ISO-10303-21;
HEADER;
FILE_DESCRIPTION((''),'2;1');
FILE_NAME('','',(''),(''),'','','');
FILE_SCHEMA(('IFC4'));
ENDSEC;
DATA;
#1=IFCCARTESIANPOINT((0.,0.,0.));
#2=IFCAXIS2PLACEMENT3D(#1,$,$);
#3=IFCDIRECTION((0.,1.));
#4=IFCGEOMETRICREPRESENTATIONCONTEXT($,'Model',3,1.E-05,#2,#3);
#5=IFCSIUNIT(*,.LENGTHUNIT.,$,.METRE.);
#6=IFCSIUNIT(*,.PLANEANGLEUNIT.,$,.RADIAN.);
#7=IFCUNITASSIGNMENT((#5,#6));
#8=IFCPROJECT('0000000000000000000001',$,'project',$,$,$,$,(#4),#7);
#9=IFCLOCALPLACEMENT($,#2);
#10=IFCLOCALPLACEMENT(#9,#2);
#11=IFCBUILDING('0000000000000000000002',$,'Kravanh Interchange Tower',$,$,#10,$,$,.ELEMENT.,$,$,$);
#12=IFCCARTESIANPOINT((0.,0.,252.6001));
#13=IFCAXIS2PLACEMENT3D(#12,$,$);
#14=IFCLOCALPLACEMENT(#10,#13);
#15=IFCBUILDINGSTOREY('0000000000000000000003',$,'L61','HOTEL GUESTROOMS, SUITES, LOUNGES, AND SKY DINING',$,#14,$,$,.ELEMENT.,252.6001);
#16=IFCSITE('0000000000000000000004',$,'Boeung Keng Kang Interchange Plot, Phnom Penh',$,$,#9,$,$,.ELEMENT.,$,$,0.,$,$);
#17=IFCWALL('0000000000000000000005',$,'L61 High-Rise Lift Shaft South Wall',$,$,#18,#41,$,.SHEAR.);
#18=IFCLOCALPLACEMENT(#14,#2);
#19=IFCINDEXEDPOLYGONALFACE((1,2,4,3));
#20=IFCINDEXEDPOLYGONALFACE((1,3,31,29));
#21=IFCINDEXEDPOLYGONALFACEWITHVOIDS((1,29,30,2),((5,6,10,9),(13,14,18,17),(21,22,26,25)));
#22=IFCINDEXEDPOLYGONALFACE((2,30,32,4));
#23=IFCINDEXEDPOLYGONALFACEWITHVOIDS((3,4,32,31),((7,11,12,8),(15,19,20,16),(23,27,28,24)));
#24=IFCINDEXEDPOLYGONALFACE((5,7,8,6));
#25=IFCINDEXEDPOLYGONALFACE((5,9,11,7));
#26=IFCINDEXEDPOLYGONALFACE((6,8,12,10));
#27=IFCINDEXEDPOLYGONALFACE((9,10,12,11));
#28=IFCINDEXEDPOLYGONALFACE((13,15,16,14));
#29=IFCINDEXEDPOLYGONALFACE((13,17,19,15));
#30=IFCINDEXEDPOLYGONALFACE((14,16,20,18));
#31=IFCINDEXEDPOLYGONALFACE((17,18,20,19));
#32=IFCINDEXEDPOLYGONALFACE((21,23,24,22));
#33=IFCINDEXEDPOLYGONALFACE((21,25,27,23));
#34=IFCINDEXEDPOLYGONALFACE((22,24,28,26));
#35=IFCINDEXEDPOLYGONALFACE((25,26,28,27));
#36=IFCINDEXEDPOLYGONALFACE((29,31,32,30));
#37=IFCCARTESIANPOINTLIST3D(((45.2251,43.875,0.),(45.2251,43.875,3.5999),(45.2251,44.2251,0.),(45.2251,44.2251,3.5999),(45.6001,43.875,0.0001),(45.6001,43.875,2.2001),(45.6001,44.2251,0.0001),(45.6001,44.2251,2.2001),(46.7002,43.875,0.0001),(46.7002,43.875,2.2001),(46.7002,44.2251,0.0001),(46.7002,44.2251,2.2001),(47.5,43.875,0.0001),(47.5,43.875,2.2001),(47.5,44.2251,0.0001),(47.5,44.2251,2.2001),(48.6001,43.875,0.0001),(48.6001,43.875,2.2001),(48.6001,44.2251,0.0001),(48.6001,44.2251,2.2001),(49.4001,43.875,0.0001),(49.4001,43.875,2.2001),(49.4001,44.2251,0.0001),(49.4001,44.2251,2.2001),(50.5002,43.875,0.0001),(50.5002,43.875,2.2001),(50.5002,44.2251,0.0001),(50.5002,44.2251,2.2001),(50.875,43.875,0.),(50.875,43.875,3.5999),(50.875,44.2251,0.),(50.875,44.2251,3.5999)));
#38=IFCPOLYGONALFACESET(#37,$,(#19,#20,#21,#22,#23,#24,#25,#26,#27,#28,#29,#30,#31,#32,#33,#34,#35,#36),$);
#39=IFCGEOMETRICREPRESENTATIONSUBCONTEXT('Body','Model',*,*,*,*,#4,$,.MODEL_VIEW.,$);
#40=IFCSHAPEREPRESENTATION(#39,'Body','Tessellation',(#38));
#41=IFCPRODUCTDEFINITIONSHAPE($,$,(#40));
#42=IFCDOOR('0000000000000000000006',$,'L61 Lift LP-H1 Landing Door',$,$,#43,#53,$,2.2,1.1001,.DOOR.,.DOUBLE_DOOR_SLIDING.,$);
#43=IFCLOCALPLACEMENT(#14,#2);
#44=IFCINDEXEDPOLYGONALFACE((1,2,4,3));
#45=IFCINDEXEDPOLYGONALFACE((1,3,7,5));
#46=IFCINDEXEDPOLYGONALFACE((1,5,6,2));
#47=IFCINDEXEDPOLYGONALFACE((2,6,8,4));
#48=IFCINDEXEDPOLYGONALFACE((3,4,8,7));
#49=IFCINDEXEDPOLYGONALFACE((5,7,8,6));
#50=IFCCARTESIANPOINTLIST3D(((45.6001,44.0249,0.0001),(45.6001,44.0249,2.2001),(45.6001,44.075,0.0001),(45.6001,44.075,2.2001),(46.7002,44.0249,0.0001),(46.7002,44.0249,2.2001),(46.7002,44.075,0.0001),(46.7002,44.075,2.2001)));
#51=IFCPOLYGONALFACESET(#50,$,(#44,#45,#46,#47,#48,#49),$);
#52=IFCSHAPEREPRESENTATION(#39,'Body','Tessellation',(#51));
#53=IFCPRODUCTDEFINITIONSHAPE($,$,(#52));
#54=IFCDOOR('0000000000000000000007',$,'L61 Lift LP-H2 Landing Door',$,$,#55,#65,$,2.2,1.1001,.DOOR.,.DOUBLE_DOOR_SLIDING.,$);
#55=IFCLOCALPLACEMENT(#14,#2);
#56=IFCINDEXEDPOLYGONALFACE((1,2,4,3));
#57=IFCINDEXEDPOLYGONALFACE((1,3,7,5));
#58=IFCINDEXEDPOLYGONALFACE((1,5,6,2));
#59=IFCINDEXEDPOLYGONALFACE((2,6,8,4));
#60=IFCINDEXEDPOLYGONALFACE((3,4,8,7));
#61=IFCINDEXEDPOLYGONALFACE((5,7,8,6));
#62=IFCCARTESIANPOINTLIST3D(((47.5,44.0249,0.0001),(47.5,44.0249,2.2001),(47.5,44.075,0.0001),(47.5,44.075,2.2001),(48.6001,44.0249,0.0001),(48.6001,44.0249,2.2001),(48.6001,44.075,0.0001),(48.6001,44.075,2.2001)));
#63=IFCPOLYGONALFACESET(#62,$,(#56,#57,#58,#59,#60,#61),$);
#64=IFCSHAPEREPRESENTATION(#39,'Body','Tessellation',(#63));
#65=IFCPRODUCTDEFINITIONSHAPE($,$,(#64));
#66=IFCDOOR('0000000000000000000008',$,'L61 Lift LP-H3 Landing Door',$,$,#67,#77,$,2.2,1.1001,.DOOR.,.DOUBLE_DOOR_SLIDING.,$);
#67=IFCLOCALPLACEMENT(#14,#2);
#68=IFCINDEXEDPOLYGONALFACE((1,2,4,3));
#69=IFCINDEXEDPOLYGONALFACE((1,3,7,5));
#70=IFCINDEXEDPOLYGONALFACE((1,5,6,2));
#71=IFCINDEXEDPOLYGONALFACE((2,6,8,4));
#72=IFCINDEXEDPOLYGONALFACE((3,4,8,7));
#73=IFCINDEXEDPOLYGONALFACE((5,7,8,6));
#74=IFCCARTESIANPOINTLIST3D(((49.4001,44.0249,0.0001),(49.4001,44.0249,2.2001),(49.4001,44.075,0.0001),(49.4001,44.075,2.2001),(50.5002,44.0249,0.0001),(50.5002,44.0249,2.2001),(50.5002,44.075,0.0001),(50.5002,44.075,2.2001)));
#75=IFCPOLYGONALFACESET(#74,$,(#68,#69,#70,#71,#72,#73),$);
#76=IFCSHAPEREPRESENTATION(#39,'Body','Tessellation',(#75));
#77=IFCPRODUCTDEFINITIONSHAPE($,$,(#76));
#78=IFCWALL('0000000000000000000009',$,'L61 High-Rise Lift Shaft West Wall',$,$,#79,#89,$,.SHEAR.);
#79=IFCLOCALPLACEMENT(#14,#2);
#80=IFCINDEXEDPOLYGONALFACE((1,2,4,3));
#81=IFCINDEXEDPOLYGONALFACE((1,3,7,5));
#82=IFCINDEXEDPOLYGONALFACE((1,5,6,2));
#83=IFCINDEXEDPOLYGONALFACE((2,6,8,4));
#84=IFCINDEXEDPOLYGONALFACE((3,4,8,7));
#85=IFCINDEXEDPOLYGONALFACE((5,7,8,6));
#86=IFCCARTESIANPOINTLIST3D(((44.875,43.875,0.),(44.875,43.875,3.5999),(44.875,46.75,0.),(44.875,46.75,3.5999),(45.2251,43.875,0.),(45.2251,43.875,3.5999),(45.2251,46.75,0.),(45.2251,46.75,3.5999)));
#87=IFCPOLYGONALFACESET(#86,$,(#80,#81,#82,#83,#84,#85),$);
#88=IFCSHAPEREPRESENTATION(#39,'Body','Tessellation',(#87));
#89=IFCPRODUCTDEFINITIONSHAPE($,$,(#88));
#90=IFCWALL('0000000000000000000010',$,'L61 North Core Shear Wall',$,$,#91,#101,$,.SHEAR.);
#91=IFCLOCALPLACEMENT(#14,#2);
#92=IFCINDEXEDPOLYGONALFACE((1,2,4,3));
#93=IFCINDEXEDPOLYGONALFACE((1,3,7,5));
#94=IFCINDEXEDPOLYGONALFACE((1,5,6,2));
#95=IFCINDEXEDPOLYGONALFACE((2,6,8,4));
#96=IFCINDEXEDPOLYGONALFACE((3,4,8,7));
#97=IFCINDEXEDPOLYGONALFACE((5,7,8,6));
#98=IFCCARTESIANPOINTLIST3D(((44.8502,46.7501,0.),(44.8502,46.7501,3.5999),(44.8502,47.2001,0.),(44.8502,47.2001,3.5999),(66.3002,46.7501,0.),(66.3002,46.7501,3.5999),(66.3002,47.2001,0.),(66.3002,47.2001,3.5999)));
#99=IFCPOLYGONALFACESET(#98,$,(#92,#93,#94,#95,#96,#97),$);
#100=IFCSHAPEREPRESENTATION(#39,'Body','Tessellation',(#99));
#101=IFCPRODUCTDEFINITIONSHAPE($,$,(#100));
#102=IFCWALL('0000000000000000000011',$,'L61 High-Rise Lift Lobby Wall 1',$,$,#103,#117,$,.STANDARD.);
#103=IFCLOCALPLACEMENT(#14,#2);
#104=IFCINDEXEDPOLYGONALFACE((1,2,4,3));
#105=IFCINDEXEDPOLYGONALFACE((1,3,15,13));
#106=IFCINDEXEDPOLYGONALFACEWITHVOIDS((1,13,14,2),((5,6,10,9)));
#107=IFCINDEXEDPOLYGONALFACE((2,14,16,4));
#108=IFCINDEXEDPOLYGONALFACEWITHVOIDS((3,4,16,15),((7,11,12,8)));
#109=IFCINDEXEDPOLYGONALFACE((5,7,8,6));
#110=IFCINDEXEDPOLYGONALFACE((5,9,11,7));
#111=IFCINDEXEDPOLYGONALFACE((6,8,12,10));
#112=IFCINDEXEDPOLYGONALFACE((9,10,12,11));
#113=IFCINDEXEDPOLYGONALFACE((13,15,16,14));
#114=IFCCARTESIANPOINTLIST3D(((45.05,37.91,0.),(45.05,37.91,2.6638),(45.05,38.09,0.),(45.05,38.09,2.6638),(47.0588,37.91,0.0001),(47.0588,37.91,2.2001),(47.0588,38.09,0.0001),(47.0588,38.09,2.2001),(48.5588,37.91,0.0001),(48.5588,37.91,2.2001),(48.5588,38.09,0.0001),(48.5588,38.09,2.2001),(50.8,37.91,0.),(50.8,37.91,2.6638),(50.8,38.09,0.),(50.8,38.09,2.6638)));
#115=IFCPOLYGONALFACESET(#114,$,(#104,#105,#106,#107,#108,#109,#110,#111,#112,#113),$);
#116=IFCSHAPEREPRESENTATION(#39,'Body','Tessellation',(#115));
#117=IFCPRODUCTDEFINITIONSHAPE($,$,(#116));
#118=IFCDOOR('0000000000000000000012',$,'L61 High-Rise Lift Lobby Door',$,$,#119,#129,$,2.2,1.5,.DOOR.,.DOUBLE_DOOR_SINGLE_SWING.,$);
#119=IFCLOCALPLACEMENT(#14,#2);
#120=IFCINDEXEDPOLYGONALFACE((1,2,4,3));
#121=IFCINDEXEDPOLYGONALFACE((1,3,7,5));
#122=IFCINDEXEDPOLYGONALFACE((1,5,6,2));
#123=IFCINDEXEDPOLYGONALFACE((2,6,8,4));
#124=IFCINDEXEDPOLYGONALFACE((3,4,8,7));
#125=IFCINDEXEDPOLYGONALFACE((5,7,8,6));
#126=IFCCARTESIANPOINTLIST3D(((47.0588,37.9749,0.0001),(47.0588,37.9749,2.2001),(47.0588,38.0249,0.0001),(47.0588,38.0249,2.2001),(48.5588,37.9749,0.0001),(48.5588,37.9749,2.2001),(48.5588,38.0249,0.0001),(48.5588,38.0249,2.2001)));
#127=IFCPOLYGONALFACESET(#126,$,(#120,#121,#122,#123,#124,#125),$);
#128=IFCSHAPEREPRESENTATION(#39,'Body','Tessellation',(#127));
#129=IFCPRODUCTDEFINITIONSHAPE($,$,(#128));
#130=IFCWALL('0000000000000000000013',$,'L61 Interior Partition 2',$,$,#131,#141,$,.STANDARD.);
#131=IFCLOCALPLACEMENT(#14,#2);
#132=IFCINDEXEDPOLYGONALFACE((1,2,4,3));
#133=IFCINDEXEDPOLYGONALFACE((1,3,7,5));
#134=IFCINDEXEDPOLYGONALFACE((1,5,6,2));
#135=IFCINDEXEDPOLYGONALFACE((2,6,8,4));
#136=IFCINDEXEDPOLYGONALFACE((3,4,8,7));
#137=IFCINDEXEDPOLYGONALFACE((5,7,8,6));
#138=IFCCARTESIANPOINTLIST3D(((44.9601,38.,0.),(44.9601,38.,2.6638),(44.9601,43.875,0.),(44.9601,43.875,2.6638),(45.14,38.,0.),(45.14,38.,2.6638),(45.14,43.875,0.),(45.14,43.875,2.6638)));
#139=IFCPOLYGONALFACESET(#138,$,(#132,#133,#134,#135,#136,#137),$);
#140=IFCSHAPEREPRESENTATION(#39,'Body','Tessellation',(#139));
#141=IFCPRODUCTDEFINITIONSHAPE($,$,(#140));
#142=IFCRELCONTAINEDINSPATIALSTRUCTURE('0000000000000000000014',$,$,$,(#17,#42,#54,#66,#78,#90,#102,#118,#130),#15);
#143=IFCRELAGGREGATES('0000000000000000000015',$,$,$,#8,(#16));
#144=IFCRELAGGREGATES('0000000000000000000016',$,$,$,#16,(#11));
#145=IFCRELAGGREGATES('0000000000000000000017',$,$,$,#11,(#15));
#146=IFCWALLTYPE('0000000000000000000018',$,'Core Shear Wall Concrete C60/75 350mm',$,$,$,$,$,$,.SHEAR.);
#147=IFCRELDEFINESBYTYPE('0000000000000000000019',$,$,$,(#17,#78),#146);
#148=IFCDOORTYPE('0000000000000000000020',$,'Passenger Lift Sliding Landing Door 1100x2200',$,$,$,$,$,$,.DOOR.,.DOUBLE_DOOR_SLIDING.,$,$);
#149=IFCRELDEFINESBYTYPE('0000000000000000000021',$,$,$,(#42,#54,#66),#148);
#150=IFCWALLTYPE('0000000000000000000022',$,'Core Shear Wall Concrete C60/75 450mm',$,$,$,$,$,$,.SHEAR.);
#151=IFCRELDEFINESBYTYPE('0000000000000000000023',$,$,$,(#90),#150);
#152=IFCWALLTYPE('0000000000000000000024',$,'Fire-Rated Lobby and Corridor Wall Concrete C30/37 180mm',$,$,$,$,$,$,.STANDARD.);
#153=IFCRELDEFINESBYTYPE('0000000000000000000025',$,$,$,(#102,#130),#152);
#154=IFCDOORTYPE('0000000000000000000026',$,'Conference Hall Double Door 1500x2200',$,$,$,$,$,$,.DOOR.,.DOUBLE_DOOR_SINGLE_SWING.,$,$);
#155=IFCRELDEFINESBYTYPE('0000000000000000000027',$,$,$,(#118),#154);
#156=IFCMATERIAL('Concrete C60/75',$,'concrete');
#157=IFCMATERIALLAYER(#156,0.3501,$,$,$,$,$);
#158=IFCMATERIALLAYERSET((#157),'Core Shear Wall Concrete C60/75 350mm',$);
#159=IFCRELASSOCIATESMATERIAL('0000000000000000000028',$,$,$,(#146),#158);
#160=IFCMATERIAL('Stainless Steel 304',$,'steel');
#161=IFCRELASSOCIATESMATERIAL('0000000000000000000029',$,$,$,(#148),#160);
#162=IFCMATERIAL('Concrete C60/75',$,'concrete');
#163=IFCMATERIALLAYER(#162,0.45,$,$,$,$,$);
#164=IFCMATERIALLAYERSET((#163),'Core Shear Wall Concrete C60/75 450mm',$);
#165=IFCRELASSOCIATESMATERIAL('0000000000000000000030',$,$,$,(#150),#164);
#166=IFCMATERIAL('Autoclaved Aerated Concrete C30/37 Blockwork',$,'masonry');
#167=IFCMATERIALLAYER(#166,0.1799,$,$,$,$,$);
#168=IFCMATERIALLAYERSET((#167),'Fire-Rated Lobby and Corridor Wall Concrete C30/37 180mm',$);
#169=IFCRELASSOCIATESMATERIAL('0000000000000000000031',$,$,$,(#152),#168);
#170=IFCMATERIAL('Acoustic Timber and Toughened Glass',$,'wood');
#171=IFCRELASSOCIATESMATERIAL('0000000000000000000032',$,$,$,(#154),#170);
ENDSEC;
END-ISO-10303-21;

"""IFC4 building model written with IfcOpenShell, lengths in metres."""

from ifc_helpers import new_model, si_unit, direction, frame, frame_2d, origin, place, context, subcontext, project, spatial, rectangle, extrude, material, layer, layer_set, type_object, element, fill, save


model = new_model("IFC4")

# Units and contexts
model_context = context("Model", 3, precision=1e-05, world=origin(), true_north=direction((0.0, 1.0)))
body_context = subcontext(model_context, "Body", "Model", "MODEL_VIEW")
ifc_project = project(units=[si_unit("LENGTHUNIT", "METRE"), si_unit("PLANEANGLEUNIT", "RADIAN")], contexts=[model_context])

# Site, building, storey
site_placement = place(None, origin())
site = spatial("IfcSite", under=ifc_project, at=site_placement, Name="Boeung Keng Kang Interchange Plot, Phnom Penh", CompositionType="ELEMENT", RefElevation=0.0)
building_placement = place(site_placement, origin())
building = spatial("IfcBuilding", under=site, at=building_placement, Name="Kravanh Interchange Tower", CompositionType="ELEMENT")
storey_placement = place(building_placement, frame((0.0, 0.0, 252.6001)))
storey = spatial("IfcBuildingStorey", under=building, at=storey_placement, Name="L61", Description="HOTEL GUESTROOMS, SUITES, LOUNGES, AND SKY DINING", CompositionType="ELEMENT", Elevation=252.6001)

# Wall, openings, doors
ifc_material_1 = material(Name="Concrete C60/75", Category="concrete")
ifc_layer_1 = layer(ifc_material_1, 0.3501)
ifc_layer_set_1 = layer_set([ifc_layer_1], Name="Core Shear Wall Concrete C60/75 350mm")
wall_type_1 = type_object("IfcWallType", Name="Core Shear Wall Concrete C60/75 350mm", PredefinedType="SHEAR", material=ifc_layer_set_1)
wall_1_placement = place(storey_placement, frame((45.2251, 44.05, 0.0), z_axis=(0.0, 0.0, 1.0), x_axis=(1.0, 0.0, 0.0)))
wall_1 = element("IfcWall", 1, at=wall_1_placement, inside=storey, type_object=wall_type_1, Name="L61 High-Rise Lift Shaft South Wall", PredefinedType="SHEAR", context=body_context, shape_type="SweptSolid", body=[
    extrude(rectangle(XDim=5.6499, YDim=0.3501, at=frame_2d((2.825, 0.0))), origin(), (0.0, 0.0, 1.0), 3.5999),
])
opening_1_placement = place(wall_1_placement, frame((0.375, 0.0, 0.0)))
opening_1 = element("IfcOpeningElement", 2, at=opening_1_placement, cuts=wall_1, PredefinedType="OPENING", context=body_context, shape_type="SweptSolid", body=[
    extrude(rectangle(XDim=1.1001, YDim=2.2, at=frame_2d((0.55, 1.1001))), frame((0.0, 0.1851, 0.0), z_axis=(0.0, -1.0, 0.0), x_axis=(1.0, 0.0, 0.0)), (0.0, 0.0, 1.0), 0.3701),
])
opening_2_placement = place(wall_1_placement, frame((2.2749, 0.0, 0.0)))
opening_2 = element("IfcOpeningElement", 3, at=opening_2_placement, cuts=wall_1, PredefinedType="OPENING", context=body_context, shape_type="SweptSolid", body=[
    extrude(rectangle(XDim=1.1001, YDim=2.2, at=frame_2d((0.55, 1.1001))), frame((0.0, 0.1851, 0.0), z_axis=(0.0, -1.0, 0.0), x_axis=(1.0, 0.0, 0.0)), (0.0, 0.0, 1.0), 0.3701),
])
opening_3_placement = place(wall_1_placement, frame((4.175, 0.0, 0.0)))
opening_3 = element("IfcOpeningElement", 4, at=opening_3_placement, cuts=wall_1, PredefinedType="OPENING", context=body_context, shape_type="SweptSolid", body=[
    extrude(rectangle(XDim=1.1001, YDim=2.2, at=frame_2d((0.55, 1.1001))), frame((0.0, 0.1851, 0.0), z_axis=(0.0, -1.0, 0.0), x_axis=(1.0, 0.0, 0.0)), (0.0, 0.0, 1.0), 0.3701),
])
ifc_material_2 = material(Name="Stainless Steel 304", Category="steel")
door_type_1 = type_object("IfcDoorType", Name="Passenger Lift Sliding Landing Door 1100x2200", OperationType="DOUBLE_DOOR_SLIDING", PredefinedType="DOOR", material=ifc_material_2)
door_1_placement = place(opening_1_placement, origin())
door_1 = element("IfcDoor", 5, at=door_1_placement, inside=storey, type_object=door_type_1, Name="L61 Lift LP-H1 Landing Door", OperationType="DOUBLE_DOOR_SLIDING", OverallHeight=2.2, OverallWidth=1.1001, PredefinedType="DOOR", context=body_context, shape_type="SweptSolid", body=[
    extrude(rectangle(XDim=1.1001, YDim=2.2, at=frame_2d((0.55, 1.1001))), frame((0.0, 0.0249, 0.0), z_axis=(0.0, -1.0, 0.0), x_axis=(1.0, 0.0, 0.0)), (0.0, 0.0, 1.0), 0.05),
])
fill(opening_1, door_1)
door_2_placement = place(opening_2_placement, origin())
door_2 = element("IfcDoor", 6, at=door_2_placement, inside=storey, type_object=door_type_1, Name="L61 Lift LP-H2 Landing Door", OperationType="DOUBLE_DOOR_SLIDING", OverallHeight=2.2, OverallWidth=1.1001, PredefinedType="DOOR", context=body_context, shape_type="SweptSolid", body=[
    extrude(rectangle(XDim=1.1001, YDim=2.2, at=frame_2d((0.55, 1.1001))), frame((0.0, 0.0249, 0.0), z_axis=(0.0, -1.0, 0.0), x_axis=(1.0, 0.0, 0.0)), (0.0, 0.0, 1.0), 0.05),
])
fill(opening_2, door_2)
door_3_placement = place(opening_3_placement, origin())
door_3 = element("IfcDoor", 7, at=door_3_placement, inside=storey, type_object=door_type_1, Name="L61 Lift LP-H3 Landing Door", OperationType="DOUBLE_DOOR_SLIDING", OverallHeight=2.2, OverallWidth=1.1001, PredefinedType="DOOR", context=body_context, shape_type="SweptSolid", body=[
    extrude(rectangle(XDim=1.1001, YDim=2.2, at=frame_2d((0.55, 1.1001))), frame((0.0, 0.0249, 0.0), z_axis=(0.0, -1.0, 0.0), x_axis=(1.0, 0.0, 0.0)), (0.0, 0.0, 1.0), 0.05),
])
fill(opening_3, door_3)

# Walls
wall_2_placement = place(storey_placement, frame((45.05, 43.875, 0.0), z_axis=(0.0, 0.0, 1.0), x_axis=(0.0, 1.0, 0.0)))
element("IfcWall", 8, at=wall_2_placement, inside=storey, type_object=wall_type_1, Name="L61 High-Rise Lift Shaft West Wall", PredefinedType="SHEAR", context=body_context, shape_type="SweptSolid", body=[
    extrude(rectangle(XDim=2.875, YDim=0.3501, at=frame_2d((1.4375, 0.0))), origin(), (0.0, 0.0, 1.0), 3.5999),
])
ifc_material_3 = material(Name="Concrete C60/75", Category="concrete")
ifc_layer_2 = layer(ifc_material_3, 0.45)
ifc_layer_set_2 = layer_set([ifc_layer_2], Name="Core Shear Wall Concrete C60/75 450mm")
wall_type_2 = type_object("IfcWallType", Name="Core Shear Wall Concrete C60/75 450mm", PredefinedType="SHEAR", material=ifc_layer_set_2)
wall_3_placement = place(storey_placement, frame((44.8501, 46.9751, 0.0), z_axis=(0.0, 0.0, 1.0), x_axis=(1.0, 0.0, 0.0)))
element("IfcWall", 9, at=wall_3_placement, inside=storey, type_object=wall_type_2, Name="L61 North Core Shear Wall", PredefinedType="SHEAR", context=body_context, shape_type="SweptSolid", body=[
    extrude(rectangle(XDim=21.45, YDim=0.45, at=frame_2d((10.7251, 0.0))), origin(), (0.0, 0.0, 1.0), 3.5999),
])

# Wall, opening, door
ifc_material_4 = material(Name="Autoclaved Aerated Concrete C30/37 Blockwork", Category="masonry")
ifc_layer_3 = layer(ifc_material_4, 0.1799)
ifc_layer_set_3 = layer_set([ifc_layer_3], Name="Fire-Rated Lobby and Corridor Wall Concrete C30/37 180mm")
wall_type_3 = type_object("IfcWallType", Name="Fire-Rated Lobby and Corridor Wall Concrete C30/37 180mm", PredefinedType="STANDARD", material=ifc_layer_set_3)
wall_4_placement = place(storey_placement, frame((45.05, 38.0, 0.0), z_axis=(0.0, 0.0, 1.0), x_axis=(1.0, 0.0, 0.0)))
wall_4 = element("IfcWall", 10, at=wall_4_placement, inside=storey, type_object=wall_type_3, Name="L61 High-Rise Lift Lobby Wall 1", PredefinedType="STANDARD", context=body_context, shape_type="SweptSolid", body=[
    extrude(rectangle(XDim=5.75, YDim=0.1799, at=frame_2d((2.875, 0.0))), origin(), (0.0, 0.0, 1.0), 2.6638),
])
opening_4_placement = place(wall_4_placement, frame((2.0088, 0.0, 0.0)))
opening_4 = element("IfcOpeningElement", 11, at=opening_4_placement, cuts=wall_4, PredefinedType="OPENING", context=body_context, shape_type="SweptSolid", body=[
    extrude(rectangle(XDim=1.5, YDim=2.2, at=frame_2d((0.75, 1.1001))), frame((0.0, 0.1001, 0.0), z_axis=(0.0, -1.0, 0.0), x_axis=(1.0, 0.0, 0.0)), (0.0, 0.0, 1.0), 0.2),
])
ifc_material_5 = material(Name="Acoustic Timber and Toughened Glass", Category="wood")
door_type_2 = type_object("IfcDoorType", Name="Conference Hall Double Door 1500x2200", OperationType="DOUBLE_DOOR_SINGLE_SWING", PredefinedType="DOOR", material=ifc_material_5)
door_4_placement = place(opening_4_placement, origin())
door_4 = element("IfcDoor", 12, at=door_4_placement, inside=storey, type_object=door_type_2, Name="L61 High-Rise Lift Lobby Door", OperationType="DOUBLE_DOOR_SINGLE_SWING", OverallHeight=2.2, OverallWidth=1.5, PredefinedType="DOOR", context=body_context, shape_type="SweptSolid", body=[
    extrude(rectangle(XDim=1.5, YDim=2.2, at=frame_2d((0.75, 1.1001))), frame((0.0, 0.0249, 0.0), z_axis=(0.0, -1.0, 0.0), x_axis=(1.0, 0.0, 0.0)), (0.0, 0.0, 1.0), 0.05),
])
fill(opening_4, door_4)

# Wall
wall_5_placement = place(storey_placement, frame((45.05, 38.0, 0.0), z_axis=(0.0, 0.0, 1.0), x_axis=(0.0, 1.0, 0.0)))
element("IfcWall", 13, at=wall_5_placement, inside=storey, type_object=wall_type_3, Name="L61 Interior Partition 2", PredefinedType="STANDARD", context=body_context, shape_type="SweptSolid", body=[
    extrude(rectangle(XDim=5.875, YDim=0.1799, at=frame_2d((2.9375, 0.0))), origin(), (0.0, 0.0, 1.0), 2.6638),
])

save(model, "model.ifc")
